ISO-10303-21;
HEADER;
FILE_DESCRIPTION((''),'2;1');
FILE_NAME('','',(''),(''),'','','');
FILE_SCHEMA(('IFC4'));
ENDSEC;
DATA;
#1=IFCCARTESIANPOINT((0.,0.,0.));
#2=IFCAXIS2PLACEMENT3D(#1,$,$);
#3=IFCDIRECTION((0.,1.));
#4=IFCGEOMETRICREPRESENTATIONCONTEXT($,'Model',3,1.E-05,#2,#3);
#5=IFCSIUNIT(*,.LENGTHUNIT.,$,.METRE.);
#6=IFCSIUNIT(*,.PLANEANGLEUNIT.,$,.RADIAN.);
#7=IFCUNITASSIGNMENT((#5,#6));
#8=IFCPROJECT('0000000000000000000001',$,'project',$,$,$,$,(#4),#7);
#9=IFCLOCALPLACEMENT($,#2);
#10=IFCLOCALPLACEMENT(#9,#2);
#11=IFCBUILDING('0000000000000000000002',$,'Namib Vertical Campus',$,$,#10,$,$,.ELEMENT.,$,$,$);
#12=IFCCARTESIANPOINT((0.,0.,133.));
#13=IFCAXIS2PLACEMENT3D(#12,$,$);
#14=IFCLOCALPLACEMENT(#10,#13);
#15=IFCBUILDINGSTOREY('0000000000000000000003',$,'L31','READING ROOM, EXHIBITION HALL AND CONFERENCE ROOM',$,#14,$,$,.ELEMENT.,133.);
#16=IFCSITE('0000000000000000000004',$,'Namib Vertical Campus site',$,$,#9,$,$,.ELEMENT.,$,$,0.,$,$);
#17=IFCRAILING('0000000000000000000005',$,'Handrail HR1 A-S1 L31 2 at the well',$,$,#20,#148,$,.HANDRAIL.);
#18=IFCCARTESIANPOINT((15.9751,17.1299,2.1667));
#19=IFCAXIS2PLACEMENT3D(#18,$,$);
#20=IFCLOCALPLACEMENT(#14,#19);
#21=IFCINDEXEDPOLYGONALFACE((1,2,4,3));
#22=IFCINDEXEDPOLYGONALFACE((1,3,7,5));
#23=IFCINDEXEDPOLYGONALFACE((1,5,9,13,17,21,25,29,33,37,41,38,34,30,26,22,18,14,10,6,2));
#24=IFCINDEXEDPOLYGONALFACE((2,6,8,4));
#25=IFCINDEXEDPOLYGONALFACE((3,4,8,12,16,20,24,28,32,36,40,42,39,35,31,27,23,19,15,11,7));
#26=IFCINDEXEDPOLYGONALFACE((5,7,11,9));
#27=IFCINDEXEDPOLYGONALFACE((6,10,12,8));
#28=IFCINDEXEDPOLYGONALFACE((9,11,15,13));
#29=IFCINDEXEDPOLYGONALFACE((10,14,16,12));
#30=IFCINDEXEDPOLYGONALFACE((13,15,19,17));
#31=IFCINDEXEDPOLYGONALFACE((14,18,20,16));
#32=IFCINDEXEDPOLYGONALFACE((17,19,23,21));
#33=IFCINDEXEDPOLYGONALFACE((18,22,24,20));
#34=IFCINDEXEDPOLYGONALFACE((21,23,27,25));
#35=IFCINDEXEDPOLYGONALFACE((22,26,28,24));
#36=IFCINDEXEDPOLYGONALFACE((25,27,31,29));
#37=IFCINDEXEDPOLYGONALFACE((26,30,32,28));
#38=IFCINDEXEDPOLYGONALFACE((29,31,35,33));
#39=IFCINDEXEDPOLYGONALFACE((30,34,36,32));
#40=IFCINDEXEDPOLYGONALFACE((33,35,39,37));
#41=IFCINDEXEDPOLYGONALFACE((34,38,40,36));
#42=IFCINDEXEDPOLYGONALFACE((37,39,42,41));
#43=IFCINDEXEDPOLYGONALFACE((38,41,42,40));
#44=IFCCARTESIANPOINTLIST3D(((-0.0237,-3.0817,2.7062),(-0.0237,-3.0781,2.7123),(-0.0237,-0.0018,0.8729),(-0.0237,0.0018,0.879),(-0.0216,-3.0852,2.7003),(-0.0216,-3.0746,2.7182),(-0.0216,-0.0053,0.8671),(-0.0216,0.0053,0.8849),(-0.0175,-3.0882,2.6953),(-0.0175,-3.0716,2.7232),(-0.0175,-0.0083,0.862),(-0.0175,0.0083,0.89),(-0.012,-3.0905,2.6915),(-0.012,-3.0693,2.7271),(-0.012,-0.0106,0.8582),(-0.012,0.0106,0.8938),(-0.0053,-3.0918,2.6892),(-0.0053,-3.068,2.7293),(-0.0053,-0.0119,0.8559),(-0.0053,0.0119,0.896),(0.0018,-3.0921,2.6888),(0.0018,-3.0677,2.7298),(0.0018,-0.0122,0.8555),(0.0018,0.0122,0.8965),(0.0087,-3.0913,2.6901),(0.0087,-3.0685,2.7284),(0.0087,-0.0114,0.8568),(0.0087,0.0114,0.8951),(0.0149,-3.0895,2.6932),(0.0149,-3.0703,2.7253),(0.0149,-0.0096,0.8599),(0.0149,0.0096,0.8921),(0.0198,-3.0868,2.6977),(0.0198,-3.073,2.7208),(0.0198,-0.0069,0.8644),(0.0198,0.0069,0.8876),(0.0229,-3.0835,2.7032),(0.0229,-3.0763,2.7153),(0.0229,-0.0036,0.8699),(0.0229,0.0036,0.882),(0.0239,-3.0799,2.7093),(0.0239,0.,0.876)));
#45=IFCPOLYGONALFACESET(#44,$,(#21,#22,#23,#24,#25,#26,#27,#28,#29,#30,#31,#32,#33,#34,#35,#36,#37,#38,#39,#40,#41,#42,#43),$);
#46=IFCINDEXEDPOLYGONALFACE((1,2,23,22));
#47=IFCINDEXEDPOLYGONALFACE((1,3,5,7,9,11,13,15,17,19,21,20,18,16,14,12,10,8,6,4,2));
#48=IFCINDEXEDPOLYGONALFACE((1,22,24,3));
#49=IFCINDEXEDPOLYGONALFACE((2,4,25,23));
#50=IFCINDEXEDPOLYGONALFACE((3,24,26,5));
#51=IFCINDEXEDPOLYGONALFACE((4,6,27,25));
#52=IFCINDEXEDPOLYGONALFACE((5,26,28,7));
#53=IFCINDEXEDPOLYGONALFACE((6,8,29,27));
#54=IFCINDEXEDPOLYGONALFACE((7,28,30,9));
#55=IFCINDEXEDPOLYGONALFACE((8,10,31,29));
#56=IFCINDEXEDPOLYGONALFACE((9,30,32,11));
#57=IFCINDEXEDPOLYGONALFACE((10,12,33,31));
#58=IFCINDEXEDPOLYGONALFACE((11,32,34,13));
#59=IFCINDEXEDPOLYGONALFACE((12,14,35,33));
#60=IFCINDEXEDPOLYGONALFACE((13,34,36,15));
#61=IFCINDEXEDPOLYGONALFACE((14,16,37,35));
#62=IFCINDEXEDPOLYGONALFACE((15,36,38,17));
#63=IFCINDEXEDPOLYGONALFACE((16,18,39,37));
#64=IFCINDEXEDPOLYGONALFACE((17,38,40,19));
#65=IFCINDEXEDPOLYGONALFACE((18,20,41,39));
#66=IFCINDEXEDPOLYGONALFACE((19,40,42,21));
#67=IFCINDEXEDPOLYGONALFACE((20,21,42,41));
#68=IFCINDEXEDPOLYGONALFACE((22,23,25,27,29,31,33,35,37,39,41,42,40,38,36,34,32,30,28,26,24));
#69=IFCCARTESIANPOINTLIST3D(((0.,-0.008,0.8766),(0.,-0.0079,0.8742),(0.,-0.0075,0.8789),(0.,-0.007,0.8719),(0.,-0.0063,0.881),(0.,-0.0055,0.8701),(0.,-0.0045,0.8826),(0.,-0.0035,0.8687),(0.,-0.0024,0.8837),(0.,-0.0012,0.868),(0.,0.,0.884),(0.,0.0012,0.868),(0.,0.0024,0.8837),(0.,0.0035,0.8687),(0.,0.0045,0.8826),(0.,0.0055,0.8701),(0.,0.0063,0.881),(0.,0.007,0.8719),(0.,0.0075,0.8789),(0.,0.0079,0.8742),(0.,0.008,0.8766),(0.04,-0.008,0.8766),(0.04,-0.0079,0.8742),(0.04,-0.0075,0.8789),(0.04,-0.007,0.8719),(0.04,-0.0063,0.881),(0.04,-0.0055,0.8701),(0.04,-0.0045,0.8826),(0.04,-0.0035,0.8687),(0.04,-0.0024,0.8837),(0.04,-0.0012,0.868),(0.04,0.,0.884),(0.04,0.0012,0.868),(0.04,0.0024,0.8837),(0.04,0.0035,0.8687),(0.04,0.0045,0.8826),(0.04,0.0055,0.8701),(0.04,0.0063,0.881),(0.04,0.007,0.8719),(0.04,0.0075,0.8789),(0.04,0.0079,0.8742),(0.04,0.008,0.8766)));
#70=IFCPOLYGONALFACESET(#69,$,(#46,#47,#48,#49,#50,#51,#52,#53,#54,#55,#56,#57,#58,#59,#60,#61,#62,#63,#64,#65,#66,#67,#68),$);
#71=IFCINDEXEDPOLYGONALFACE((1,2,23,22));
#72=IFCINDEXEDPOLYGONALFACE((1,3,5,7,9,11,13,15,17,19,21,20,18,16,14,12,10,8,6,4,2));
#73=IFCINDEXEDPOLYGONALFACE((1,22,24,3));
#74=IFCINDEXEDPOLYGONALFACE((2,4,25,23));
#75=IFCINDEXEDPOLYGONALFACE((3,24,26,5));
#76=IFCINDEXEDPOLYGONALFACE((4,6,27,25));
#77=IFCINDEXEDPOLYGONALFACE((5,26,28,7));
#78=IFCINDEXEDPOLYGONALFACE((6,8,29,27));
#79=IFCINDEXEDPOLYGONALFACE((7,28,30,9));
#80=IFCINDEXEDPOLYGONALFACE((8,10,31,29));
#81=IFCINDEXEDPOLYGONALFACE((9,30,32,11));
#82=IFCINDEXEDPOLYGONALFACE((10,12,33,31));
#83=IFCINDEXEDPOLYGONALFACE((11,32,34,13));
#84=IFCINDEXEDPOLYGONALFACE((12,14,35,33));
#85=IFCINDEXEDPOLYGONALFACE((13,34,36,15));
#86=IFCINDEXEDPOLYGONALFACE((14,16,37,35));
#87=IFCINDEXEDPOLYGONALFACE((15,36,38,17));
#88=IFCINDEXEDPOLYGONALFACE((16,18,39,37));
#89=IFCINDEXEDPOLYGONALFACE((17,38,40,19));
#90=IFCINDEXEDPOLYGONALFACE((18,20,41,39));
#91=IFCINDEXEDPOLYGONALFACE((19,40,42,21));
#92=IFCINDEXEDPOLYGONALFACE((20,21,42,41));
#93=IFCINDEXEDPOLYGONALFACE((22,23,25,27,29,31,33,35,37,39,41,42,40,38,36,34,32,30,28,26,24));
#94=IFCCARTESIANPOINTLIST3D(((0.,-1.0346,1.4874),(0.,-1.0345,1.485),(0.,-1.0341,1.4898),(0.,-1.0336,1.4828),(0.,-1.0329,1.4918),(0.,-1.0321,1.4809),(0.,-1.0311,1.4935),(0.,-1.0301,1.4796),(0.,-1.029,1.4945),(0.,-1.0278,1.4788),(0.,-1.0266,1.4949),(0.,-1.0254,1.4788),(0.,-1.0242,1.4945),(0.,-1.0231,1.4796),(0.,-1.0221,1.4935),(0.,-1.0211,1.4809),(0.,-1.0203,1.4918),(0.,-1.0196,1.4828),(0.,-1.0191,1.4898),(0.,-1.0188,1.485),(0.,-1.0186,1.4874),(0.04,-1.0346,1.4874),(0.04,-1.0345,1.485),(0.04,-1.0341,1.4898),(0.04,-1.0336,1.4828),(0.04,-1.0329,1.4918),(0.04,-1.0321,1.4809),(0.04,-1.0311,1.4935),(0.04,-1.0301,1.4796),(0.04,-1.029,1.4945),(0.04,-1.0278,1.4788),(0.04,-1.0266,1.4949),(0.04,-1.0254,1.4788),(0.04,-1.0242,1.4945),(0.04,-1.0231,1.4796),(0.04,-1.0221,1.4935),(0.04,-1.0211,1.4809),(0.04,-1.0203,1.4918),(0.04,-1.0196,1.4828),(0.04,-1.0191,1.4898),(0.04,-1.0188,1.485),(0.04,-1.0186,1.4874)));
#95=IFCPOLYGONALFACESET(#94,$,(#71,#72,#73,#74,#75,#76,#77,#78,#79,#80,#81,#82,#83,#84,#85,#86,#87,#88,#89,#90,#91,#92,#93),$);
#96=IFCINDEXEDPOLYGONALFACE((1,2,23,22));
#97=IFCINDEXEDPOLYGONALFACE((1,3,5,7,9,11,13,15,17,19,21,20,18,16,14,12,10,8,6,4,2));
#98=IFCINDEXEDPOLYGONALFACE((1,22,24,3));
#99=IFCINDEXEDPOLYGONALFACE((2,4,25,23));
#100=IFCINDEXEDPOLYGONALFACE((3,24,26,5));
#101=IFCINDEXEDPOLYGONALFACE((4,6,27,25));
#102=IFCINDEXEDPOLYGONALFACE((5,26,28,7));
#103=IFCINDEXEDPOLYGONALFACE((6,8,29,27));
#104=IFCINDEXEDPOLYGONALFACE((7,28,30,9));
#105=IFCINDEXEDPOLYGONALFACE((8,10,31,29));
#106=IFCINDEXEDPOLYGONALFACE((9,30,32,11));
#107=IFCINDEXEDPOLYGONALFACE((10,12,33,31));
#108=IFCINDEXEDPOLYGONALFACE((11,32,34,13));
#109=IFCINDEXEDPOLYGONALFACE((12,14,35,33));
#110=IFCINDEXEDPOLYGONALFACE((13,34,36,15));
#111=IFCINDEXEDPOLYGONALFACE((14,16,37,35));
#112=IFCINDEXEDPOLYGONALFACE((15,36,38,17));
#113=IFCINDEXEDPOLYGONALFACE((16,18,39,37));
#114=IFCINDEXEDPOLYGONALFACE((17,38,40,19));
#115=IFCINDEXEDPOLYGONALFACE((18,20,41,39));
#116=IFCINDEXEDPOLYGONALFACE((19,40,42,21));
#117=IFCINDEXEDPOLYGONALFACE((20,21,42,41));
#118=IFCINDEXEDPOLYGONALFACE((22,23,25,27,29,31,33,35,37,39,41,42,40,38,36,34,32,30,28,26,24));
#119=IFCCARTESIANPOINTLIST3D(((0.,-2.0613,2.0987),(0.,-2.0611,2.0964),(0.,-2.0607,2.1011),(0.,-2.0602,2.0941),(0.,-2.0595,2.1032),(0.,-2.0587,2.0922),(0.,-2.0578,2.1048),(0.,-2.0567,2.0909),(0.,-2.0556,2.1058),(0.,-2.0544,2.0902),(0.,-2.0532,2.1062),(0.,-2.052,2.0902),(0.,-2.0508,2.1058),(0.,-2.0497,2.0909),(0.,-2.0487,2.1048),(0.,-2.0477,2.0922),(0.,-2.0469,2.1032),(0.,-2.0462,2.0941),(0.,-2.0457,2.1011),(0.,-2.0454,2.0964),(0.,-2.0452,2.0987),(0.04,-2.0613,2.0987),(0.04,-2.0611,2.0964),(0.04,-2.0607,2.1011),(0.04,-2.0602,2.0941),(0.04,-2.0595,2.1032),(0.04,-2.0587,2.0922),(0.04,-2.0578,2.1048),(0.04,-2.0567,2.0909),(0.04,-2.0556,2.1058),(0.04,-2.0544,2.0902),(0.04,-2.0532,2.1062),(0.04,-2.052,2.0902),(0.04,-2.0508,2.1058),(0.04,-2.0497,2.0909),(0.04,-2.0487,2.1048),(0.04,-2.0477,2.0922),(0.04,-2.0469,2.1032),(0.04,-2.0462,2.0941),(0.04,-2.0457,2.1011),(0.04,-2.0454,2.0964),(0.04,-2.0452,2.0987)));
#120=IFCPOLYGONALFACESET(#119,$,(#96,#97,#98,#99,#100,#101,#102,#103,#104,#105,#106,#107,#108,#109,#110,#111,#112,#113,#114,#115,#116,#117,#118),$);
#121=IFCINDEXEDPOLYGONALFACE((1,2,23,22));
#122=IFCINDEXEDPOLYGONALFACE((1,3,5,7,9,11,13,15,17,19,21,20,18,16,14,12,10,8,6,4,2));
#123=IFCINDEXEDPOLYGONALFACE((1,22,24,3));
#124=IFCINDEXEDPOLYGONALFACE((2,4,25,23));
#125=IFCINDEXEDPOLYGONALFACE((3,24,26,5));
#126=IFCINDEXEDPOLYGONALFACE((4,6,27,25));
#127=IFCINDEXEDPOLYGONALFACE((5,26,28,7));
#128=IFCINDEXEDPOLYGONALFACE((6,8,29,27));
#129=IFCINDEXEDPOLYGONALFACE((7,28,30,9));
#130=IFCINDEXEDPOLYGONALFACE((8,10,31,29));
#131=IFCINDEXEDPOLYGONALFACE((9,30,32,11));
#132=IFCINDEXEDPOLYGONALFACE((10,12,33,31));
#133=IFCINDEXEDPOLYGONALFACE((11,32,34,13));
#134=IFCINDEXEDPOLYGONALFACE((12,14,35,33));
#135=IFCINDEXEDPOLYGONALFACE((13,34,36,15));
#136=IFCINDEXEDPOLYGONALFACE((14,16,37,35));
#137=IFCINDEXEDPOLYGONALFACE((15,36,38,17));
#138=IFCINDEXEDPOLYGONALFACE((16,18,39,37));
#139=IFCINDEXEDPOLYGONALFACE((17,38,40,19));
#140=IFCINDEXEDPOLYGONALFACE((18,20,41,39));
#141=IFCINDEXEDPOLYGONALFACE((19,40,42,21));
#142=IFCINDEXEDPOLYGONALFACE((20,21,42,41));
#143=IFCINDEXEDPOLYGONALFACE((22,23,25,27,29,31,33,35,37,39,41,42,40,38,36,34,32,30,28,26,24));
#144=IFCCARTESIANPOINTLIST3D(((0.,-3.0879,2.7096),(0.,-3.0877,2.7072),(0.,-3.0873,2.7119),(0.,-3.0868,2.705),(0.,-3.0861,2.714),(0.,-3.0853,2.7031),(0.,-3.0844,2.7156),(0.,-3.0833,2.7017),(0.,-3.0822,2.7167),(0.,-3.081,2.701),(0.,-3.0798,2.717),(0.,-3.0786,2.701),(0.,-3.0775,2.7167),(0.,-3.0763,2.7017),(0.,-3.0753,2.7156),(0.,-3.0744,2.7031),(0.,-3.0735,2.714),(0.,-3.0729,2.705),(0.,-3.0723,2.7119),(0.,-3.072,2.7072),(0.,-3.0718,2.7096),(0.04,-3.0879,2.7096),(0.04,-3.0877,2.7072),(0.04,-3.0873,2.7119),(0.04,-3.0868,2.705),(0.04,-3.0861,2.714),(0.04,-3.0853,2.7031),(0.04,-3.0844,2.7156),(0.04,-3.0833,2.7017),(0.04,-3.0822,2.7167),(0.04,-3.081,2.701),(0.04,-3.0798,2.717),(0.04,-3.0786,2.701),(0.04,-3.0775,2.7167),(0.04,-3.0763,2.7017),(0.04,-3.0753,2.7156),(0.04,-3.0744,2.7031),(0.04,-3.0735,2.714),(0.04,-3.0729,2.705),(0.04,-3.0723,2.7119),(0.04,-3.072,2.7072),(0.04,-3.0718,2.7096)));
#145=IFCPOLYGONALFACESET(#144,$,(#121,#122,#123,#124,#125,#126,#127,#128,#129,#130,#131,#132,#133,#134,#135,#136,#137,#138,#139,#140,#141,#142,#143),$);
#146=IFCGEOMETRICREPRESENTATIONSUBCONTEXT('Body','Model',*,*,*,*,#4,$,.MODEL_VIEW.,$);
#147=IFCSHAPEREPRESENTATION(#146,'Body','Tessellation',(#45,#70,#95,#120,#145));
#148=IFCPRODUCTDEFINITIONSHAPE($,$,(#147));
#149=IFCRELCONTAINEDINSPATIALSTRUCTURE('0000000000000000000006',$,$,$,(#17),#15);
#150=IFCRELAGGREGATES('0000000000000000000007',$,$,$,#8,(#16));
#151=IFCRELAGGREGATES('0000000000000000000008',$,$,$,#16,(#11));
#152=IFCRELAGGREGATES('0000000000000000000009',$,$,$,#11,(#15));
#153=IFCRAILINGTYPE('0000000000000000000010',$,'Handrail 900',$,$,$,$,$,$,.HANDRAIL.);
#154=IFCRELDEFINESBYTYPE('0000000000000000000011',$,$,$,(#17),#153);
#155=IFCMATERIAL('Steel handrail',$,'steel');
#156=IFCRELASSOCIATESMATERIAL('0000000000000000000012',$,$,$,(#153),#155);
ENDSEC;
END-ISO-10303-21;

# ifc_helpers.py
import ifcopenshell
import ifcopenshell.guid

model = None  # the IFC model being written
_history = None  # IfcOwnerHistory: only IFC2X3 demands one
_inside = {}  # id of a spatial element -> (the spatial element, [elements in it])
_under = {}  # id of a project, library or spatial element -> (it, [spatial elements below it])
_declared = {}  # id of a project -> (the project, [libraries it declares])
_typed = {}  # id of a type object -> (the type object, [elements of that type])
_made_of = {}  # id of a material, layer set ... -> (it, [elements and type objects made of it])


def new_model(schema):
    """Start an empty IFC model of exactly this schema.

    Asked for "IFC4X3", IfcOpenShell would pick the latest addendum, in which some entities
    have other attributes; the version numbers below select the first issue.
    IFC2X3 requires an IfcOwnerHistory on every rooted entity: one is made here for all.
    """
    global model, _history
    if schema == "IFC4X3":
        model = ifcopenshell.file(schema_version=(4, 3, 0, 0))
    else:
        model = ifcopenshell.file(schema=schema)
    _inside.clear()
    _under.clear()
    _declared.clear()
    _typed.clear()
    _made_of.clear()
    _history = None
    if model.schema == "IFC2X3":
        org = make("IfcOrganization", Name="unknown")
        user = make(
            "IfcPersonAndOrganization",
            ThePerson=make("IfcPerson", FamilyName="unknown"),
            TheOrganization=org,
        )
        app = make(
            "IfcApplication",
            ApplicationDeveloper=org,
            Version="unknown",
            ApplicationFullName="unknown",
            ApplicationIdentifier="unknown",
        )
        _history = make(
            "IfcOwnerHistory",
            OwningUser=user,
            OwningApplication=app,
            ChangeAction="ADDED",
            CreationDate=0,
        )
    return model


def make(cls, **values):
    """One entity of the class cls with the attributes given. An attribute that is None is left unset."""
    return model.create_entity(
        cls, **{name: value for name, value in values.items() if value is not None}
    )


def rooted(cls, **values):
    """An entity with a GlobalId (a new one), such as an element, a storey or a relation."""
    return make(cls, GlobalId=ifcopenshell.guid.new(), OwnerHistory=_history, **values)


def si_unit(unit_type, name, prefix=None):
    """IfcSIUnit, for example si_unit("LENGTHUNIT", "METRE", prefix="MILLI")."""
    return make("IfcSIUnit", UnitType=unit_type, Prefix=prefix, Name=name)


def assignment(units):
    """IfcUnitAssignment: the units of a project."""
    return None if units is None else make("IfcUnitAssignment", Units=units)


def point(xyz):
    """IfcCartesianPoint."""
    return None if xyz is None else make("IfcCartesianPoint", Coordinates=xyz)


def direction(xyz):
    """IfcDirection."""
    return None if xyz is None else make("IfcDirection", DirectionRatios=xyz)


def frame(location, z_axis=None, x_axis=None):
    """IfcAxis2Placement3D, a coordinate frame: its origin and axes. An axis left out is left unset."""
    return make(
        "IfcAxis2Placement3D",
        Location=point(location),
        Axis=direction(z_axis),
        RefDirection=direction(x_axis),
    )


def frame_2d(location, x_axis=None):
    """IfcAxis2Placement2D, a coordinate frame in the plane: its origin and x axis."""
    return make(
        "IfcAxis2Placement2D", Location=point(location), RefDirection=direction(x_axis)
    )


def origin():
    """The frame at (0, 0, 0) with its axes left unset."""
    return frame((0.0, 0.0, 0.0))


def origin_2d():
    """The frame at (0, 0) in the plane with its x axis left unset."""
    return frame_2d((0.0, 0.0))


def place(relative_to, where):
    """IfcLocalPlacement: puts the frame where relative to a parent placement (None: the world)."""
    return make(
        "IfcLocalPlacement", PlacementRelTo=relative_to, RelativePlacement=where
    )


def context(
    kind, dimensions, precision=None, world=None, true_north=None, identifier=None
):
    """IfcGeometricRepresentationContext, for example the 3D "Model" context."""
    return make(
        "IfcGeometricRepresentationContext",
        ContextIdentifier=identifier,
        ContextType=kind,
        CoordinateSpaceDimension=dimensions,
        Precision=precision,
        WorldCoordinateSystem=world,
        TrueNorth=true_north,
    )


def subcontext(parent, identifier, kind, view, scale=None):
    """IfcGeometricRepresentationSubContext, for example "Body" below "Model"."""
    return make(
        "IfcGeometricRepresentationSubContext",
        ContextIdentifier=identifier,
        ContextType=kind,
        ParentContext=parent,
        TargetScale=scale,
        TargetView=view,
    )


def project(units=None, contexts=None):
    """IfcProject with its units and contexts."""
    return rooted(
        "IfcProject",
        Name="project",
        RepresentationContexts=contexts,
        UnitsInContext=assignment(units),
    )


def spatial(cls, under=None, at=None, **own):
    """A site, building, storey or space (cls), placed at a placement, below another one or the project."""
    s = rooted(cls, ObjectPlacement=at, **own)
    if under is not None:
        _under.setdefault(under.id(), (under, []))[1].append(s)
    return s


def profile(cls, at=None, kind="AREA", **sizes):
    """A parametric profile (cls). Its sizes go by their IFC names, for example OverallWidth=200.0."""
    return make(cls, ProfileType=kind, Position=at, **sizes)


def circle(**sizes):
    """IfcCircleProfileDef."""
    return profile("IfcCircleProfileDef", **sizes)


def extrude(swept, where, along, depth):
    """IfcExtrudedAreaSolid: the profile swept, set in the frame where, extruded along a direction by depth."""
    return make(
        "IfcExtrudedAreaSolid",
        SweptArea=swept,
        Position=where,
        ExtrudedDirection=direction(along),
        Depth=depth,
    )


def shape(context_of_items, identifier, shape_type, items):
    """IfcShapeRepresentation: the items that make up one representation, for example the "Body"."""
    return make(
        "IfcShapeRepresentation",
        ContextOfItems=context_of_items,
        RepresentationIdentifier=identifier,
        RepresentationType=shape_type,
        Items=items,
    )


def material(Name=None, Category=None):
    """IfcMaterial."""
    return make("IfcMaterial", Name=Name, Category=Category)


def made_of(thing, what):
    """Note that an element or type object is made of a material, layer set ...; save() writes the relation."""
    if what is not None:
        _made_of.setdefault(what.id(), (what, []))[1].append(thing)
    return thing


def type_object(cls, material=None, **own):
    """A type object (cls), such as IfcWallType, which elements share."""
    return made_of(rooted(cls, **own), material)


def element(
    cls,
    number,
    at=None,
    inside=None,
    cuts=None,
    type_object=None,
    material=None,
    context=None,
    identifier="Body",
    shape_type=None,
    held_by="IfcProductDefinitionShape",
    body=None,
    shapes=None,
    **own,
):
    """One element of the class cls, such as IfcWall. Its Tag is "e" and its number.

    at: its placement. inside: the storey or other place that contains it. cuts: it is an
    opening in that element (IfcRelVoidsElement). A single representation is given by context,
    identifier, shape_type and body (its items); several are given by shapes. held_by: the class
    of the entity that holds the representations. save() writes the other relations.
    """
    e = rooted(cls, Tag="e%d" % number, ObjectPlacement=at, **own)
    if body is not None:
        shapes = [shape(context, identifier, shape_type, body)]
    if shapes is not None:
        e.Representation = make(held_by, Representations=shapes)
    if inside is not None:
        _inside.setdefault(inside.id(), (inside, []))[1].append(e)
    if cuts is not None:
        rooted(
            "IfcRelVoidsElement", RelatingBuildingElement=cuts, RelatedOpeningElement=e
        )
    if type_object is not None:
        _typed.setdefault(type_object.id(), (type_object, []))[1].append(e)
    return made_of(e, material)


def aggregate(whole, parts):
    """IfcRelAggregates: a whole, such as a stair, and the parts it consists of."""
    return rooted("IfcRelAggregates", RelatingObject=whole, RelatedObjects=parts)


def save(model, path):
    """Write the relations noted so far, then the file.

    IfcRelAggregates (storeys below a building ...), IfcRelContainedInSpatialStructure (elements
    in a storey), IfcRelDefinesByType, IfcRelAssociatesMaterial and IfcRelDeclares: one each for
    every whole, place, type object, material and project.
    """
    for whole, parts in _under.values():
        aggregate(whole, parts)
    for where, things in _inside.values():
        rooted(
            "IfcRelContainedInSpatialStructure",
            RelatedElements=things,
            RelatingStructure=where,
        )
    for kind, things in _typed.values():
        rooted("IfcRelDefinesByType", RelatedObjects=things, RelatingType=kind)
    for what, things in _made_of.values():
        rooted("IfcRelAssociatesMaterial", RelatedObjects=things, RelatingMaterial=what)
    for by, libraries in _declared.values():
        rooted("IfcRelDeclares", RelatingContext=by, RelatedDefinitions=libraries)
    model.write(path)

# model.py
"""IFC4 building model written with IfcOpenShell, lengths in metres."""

from ifc_helpers import new_model, si_unit, direction, frame, origin, origin_2d, place, context, subcontext, project, spatial, circle, extrude, material, type_object, element, save


model = new_model("IFC4")

# Units and contexts
model_context = context("Model", 3, precision=1e-05, world=origin(), true_north=direction((0.0, 1.0)))
body_context = subcontext(model_context, "Body", "Model", "MODEL_VIEW")
ifc_project = project(units=[si_unit("LENGTHUNIT", "METRE"), si_unit("PLANEANGLEUNIT", "RADIAN")], contexts=[model_context])

# Site, building, storey
site_placement = place(None, origin())
site = spatial("IfcSite", under=ifc_project, at=site_placement, Name="Namib Vertical Campus site", CompositionType="ELEMENT", RefElevation=0.0)
building_placement = place(site_placement, origin())
building = spatial("IfcBuilding", under=site, at=building_placement, Name="Namib Vertical Campus", CompositionType="ELEMENT")
storey_placement = place(building_placement, frame((0.0, 0.0, 133.0)))
storey = spatial("IfcBuildingStorey", under=building, at=storey_placement, Name="L31", Description="READING ROOM, EXHIBITION HALL AND CONFERENCE ROOM", CompositionType="ELEMENT", Elevation=133.0)

# Railing
ifc_material_1 = material(Name="Steel handrail", Category="steel")
railing_type = type_object("IfcRailingType", Name="Handrail 900", PredefinedType="HANDRAIL", material=ifc_material_1)
railing_placement = place(storey_placement, frame((15.9751, 17.1299, 2.1667)))
element("IfcRailing", 1, at=railing_placement, inside=storey, type_object=railing_type, Name="Handrail HR1 A-S1 L31 2 at the well", PredefinedType="HANDRAIL", context=body_context, shape_type="SweptSolid", body=[
    extrude(circle(Radius=0.0239, at=origin_2d()), frame((0.0, 0.0, 0.876), z_axis=(0.0, -0.859291, 0.511487), x_axis=(1.0, 0.0, 0.0)), (0.0, 0.0, 1.0), 3.5842),
    extrude(circle(Radius=0.0081, at=origin_2d()), frame((0.0, 0.0, 0.876), z_axis=(1.0, 0.0, 0.0), x_axis=(0.0, 0.0, 1.0)), (0.0, 0.0, 1.0), 0.04),
    extrude(circle(Radius=0.0081, at=origin_2d()), frame((0.0, -1.0266, 1.4868), z_axis=(1.0, 0.0, 0.0), x_axis=(0.0, 0.0, 1.0)), (0.0, 0.0, 1.0), 0.04),
    extrude(circle(Radius=0.0081, at=origin_2d()), frame((0.0, -2.0532, 2.0981), z_axis=(1.0, 0.0, 0.0), x_axis=(0.0, 0.0, 1.0)), (0.0, 0.0, 1.0), 0.04),
    extrude(circle(Radius=0.0081, at=origin_2d()), frame((0.0, -3.0798, 2.709), z_axis=(1.0, 0.0, 0.0), x_axis=(0.0, 0.0, 1.0)), (0.0, 0.0, 1.0), 0.04),
])

save(model, "model.ifc")
